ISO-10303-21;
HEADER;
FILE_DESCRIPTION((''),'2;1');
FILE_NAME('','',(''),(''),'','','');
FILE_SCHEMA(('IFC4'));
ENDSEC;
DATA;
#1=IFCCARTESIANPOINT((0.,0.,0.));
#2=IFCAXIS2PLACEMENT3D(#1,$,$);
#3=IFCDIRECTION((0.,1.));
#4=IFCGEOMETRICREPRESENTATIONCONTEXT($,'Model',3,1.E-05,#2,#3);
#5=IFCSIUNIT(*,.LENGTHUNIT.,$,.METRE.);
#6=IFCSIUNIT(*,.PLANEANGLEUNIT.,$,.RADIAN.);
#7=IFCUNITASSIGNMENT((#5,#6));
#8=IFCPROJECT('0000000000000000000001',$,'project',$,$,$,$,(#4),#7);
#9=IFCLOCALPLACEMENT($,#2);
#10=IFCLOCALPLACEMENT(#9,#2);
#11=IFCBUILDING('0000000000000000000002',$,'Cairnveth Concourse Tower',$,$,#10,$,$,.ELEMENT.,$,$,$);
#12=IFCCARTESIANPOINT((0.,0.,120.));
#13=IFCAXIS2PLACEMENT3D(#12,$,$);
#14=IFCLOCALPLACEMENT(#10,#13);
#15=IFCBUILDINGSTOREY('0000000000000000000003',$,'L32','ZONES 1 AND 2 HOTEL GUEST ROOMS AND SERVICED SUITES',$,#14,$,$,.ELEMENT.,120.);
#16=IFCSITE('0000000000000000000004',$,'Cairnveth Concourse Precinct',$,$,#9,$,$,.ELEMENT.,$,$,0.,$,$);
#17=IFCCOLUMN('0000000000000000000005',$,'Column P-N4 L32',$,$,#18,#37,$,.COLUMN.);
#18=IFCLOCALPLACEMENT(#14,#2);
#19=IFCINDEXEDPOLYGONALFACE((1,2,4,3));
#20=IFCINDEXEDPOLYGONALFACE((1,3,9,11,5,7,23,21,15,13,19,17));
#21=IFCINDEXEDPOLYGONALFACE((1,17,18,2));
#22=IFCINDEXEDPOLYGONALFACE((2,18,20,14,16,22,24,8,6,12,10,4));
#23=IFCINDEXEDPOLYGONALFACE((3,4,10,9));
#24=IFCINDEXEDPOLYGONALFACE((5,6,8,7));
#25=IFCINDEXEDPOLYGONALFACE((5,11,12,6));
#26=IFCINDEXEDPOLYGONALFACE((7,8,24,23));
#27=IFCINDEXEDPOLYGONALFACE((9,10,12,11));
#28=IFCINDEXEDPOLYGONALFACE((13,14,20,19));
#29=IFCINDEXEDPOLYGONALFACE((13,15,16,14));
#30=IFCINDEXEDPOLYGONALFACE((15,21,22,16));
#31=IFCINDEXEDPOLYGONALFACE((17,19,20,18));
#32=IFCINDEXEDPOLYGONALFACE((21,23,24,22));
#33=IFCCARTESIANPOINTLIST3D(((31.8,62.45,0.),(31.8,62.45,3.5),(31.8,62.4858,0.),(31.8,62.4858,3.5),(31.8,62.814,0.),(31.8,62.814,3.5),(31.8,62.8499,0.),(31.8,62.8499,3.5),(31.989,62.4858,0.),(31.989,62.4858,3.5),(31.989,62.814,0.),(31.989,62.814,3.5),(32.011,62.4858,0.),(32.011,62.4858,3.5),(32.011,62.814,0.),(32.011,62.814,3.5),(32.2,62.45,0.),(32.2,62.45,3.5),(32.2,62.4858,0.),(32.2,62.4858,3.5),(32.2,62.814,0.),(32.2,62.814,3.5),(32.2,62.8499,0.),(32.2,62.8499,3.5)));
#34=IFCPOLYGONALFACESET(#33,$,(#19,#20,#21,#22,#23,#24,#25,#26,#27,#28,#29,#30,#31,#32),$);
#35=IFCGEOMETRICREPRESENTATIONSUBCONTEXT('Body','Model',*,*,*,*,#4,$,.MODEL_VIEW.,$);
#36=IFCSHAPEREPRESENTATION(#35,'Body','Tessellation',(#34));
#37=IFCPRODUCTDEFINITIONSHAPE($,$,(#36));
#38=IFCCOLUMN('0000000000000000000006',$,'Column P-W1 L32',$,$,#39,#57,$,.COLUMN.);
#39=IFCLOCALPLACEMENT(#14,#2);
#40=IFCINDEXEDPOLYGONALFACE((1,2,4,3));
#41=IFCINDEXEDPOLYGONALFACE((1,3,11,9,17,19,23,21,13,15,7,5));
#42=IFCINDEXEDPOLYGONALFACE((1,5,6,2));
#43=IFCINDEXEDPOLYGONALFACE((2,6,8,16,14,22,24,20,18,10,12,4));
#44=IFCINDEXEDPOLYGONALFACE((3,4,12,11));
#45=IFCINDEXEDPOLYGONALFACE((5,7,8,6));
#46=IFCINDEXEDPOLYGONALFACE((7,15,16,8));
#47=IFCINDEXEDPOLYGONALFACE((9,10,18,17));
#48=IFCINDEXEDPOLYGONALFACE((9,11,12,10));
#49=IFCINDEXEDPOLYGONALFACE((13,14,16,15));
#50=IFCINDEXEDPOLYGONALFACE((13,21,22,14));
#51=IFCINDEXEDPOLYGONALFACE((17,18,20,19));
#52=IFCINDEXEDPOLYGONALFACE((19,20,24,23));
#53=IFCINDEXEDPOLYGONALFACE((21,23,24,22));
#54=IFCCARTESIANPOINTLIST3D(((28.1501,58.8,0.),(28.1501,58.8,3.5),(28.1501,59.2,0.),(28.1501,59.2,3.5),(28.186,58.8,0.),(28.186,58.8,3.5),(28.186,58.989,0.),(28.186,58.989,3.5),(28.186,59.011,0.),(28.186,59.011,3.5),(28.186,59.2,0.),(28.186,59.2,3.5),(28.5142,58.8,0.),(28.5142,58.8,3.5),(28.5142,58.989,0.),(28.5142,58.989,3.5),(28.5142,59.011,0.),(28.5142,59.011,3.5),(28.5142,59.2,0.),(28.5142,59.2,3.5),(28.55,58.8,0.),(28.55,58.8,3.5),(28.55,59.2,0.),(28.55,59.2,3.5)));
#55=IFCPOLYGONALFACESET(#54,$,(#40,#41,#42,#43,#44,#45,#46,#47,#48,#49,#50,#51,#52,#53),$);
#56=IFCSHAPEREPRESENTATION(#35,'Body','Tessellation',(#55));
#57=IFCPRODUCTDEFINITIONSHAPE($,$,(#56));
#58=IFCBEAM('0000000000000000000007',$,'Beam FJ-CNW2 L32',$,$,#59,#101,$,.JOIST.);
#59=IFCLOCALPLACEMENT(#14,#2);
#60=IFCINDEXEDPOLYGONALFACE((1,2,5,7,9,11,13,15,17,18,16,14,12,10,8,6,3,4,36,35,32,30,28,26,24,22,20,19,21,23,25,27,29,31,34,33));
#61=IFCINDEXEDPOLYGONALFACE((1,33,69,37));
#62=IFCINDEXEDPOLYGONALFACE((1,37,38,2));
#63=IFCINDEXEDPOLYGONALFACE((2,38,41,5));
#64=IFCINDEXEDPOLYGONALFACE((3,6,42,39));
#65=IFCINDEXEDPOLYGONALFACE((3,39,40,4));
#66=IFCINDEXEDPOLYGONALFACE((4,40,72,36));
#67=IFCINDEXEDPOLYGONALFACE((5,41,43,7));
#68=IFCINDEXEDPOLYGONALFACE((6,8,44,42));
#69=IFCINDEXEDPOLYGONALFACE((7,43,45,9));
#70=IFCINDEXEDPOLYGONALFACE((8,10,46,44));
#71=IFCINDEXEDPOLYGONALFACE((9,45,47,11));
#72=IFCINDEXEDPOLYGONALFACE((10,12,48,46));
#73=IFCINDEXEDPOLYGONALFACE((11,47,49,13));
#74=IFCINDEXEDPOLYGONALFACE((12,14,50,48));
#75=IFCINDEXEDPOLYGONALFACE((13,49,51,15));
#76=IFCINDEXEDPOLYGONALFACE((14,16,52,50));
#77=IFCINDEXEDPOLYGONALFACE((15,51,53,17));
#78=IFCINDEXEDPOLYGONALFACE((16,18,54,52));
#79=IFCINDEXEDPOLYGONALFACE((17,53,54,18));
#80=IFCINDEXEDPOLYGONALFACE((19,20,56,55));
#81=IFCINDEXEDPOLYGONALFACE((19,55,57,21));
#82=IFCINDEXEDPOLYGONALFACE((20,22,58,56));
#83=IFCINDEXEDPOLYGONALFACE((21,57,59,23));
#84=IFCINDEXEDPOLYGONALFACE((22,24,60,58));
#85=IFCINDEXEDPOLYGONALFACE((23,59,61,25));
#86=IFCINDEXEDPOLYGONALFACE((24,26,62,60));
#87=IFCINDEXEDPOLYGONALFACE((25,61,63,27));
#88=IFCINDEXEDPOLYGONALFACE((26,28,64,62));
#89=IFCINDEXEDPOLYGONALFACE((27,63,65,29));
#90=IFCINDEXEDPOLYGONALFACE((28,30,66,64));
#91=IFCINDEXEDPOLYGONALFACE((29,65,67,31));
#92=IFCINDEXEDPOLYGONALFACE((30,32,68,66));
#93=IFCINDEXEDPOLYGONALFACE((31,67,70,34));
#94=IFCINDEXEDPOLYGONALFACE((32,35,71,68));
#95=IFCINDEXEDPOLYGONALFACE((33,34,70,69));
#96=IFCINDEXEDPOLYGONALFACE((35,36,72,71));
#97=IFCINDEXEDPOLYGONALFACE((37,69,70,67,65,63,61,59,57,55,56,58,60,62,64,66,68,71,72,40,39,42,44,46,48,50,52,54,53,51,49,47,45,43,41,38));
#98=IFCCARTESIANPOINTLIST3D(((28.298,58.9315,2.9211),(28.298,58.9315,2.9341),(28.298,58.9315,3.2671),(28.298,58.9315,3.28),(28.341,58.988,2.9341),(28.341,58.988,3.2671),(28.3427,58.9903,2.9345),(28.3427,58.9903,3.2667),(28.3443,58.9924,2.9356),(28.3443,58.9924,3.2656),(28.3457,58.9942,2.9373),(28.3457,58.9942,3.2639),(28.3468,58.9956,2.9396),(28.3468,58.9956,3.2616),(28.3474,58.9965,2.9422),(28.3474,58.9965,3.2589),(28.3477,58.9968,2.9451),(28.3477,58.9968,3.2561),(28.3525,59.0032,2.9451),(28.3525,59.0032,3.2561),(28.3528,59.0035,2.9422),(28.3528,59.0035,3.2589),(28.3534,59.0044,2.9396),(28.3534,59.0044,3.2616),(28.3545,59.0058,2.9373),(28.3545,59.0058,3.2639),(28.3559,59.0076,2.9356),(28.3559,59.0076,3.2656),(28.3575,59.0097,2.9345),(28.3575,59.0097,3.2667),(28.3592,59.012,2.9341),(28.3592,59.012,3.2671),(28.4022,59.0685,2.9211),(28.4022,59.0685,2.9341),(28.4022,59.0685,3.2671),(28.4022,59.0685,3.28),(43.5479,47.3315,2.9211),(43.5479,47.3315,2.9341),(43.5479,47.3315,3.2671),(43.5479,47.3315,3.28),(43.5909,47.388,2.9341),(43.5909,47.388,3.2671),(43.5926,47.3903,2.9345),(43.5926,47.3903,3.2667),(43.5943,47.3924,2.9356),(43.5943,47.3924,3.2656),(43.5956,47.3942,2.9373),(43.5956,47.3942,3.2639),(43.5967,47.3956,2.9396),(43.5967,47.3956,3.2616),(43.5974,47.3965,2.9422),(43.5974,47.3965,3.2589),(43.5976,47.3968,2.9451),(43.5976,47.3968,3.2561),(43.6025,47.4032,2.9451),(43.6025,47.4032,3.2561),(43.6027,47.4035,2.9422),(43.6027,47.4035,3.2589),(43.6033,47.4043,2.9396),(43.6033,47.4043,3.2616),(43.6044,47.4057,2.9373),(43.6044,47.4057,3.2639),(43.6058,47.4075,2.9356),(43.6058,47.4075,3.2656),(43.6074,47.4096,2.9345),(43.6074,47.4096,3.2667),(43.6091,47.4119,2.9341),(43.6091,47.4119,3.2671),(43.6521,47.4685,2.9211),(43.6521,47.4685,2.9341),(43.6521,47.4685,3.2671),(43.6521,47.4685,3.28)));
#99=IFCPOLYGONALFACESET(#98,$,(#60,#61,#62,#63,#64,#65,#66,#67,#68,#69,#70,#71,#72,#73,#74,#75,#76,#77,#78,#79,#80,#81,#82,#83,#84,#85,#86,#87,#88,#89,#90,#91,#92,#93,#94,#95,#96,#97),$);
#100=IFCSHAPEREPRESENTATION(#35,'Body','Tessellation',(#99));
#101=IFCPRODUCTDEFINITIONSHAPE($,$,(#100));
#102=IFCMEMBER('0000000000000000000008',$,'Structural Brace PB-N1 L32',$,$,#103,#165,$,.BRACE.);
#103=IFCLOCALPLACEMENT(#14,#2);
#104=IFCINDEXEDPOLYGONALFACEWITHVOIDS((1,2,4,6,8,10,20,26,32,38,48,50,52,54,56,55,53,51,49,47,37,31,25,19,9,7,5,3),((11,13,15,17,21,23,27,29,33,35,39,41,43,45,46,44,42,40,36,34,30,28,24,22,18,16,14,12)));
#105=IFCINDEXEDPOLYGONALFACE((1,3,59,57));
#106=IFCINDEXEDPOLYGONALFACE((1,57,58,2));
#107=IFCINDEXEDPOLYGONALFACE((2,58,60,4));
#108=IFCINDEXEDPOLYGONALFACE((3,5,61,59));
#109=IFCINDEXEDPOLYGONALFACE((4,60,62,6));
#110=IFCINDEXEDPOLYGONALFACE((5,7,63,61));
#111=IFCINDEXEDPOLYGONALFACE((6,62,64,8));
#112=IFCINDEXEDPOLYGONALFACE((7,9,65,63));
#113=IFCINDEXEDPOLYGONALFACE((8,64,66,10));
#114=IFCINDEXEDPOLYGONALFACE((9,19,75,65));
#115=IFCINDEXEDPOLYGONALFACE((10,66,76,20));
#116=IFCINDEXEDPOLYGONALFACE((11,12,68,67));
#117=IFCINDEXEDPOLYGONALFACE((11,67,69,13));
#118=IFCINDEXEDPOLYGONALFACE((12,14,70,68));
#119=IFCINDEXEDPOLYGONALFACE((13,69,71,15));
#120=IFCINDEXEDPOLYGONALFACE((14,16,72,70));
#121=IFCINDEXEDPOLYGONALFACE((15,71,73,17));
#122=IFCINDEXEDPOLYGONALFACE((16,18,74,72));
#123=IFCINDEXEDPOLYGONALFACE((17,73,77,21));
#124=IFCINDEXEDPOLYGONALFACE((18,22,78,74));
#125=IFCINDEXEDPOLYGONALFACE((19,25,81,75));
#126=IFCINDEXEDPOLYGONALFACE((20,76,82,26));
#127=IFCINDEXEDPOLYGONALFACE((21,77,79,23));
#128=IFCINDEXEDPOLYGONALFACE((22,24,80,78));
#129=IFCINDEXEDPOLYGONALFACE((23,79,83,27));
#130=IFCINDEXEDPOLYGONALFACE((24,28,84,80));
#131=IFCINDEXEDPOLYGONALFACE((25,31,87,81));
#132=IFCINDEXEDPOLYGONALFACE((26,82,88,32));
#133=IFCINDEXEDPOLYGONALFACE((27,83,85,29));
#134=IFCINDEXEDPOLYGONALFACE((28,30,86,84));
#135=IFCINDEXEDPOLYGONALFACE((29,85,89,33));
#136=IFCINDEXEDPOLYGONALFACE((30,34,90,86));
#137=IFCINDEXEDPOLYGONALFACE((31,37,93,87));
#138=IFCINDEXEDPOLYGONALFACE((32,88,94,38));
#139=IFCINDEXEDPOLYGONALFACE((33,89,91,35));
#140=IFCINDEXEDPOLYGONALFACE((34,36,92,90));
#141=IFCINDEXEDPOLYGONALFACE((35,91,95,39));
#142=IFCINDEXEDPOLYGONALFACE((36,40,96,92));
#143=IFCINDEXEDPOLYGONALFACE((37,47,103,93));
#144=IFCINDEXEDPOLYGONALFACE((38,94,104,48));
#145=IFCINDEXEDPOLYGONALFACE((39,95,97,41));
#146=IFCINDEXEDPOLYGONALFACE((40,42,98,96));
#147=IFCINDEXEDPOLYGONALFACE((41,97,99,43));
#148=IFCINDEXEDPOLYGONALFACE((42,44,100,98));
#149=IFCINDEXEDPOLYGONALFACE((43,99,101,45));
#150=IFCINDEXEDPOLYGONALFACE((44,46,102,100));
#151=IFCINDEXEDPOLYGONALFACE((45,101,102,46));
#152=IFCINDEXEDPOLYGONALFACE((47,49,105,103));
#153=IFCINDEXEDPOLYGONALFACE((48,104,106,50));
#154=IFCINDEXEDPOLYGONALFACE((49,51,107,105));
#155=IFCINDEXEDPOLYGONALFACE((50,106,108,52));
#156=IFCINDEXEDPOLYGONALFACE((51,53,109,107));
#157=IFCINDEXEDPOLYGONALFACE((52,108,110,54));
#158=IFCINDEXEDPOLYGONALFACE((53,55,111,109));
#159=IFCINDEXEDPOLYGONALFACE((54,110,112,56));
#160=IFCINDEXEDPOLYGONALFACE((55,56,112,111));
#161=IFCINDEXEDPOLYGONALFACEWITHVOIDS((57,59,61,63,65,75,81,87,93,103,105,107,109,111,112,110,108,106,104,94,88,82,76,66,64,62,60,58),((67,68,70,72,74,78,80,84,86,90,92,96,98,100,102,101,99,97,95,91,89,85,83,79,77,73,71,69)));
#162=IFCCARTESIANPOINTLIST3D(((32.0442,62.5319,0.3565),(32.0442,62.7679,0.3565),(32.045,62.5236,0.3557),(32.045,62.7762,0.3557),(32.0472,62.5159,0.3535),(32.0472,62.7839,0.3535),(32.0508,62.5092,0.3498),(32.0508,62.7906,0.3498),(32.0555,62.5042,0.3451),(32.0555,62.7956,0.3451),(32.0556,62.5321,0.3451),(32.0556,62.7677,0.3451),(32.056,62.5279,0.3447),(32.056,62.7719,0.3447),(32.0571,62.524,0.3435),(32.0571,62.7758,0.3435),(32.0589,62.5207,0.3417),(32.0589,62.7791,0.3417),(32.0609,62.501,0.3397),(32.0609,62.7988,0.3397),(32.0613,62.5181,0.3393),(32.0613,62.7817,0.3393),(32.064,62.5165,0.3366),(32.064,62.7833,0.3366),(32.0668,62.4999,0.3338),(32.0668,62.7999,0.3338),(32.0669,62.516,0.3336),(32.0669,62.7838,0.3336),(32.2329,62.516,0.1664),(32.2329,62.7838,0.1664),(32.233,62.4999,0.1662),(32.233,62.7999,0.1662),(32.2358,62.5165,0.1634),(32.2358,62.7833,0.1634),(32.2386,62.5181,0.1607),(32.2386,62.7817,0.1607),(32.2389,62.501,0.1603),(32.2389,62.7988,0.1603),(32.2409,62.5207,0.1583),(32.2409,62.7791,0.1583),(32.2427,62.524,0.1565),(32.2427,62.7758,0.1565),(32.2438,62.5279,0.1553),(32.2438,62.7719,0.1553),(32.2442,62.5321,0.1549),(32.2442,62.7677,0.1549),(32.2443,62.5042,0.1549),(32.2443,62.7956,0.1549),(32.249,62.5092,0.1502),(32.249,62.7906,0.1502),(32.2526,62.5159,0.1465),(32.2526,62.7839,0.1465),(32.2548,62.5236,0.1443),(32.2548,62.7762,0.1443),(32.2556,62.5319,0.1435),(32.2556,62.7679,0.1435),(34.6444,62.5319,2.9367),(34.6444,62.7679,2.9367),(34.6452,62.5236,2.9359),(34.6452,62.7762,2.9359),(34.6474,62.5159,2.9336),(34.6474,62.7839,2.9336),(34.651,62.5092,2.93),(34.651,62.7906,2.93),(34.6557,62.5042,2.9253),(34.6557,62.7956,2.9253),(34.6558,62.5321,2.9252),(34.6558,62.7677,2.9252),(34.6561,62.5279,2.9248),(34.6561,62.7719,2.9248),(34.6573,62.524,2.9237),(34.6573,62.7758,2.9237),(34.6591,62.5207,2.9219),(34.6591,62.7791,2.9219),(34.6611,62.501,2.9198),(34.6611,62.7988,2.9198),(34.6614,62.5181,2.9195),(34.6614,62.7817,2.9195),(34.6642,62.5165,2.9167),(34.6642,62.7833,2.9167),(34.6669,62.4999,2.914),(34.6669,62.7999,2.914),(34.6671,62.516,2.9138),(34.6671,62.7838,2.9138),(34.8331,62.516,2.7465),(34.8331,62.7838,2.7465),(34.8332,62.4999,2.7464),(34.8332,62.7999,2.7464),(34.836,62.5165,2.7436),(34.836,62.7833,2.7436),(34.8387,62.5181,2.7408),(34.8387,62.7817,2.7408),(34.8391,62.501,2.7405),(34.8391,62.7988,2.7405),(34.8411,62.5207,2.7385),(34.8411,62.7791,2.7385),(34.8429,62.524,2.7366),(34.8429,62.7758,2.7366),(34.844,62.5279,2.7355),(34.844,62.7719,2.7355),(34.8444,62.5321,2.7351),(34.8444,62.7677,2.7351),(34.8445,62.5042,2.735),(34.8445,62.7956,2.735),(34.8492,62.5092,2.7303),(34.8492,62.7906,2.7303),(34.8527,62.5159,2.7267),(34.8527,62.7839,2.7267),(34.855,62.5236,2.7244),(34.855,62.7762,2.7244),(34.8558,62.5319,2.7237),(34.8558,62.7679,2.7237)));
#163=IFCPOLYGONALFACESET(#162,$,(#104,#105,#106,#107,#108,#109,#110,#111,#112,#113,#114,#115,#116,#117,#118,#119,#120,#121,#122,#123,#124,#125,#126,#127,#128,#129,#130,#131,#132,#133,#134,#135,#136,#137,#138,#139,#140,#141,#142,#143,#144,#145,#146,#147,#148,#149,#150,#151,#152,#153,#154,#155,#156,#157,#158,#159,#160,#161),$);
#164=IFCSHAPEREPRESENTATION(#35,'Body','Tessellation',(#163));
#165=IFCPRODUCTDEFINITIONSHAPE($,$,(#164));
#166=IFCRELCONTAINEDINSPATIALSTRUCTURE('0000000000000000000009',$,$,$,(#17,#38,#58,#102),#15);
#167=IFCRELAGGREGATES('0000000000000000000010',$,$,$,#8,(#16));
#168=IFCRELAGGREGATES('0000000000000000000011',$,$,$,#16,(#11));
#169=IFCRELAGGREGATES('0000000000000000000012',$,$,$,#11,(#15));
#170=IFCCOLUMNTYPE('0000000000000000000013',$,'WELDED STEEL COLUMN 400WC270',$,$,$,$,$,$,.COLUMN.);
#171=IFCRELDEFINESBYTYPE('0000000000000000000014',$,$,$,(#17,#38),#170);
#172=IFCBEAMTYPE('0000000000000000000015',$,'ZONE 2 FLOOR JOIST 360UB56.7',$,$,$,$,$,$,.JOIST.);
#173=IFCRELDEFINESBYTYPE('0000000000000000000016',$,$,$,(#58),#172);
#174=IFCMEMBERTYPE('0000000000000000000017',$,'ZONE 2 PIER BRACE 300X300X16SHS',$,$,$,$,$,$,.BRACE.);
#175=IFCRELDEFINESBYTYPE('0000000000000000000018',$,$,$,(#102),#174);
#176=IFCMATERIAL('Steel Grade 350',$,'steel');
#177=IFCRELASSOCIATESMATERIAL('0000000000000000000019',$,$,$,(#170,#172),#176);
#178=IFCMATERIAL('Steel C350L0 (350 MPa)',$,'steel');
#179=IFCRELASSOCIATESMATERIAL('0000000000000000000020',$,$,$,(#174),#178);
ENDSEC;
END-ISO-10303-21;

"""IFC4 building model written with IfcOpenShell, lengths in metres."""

from ifc_helpers import new_model, si_unit, direction, frame, origin, origin_2d, place, context, subcontext, project, spatial, hollow_rectangle, i_section, extrude, material, material_profile, profile_set, type_object, element, save


model = new_model("IFC4")

# Units and contexts
model_context = context("Model", 3, precision=1e-05, world=origin(), true_north=direction((0.0, 1.0)))
body_context = subcontext(model_context, "Body", "Model", "MODEL_VIEW")
ifc_project = project(units=[si_unit("LENGTHUNIT", "METRE"), si_unit("PLANEANGLEUNIT", "RADIAN")], contexts=[model_context])

# Site, building, storey
site_placement = place(None, origin())
site = spatial("IfcSite", under=ifc_project, at=site_placement, Name="Cairnveth Concourse Precinct", CompositionType="ELEMENT", RefElevation=0.0)
building_placement = place(site_placement, origin())
building = spatial("IfcBuilding", under=site, at=building_placement, Name="Cairnveth Concourse Tower", CompositionType="ELEMENT")
storey_placement = place(building_placement, frame((0.0, 0.0, 120.0)))
storey = spatial("IfcBuildingStorey", under=building, at=storey_placement, Name="L32", Description="ZONES 1 AND 2 HOTEL GUEST ROOMS AND SERVICED SUITES", CompositionType="ELEMENT", Elevation=120.0)

# Columns
ifc_material_1 = material(Name="Steel Grade 350", Category="steel")
ifc_material_profile_1 = material_profile(ifc_material_1, i_section(OverallWidth=0.3999, OverallDepth=0.3999, WebThickness=0.022, FlangeThickness=0.0359, at=origin_2d()), Name="400WC270")
ifc_profile_set_1 = profile_set([ifc_material_profile_1], Name="Steel Grade 350")
column_type = type_object("IfcColumnType", Name="WELDED STEEL COLUMN 400WC270", PredefinedType="COLUMN", material=ifc_profile_set_1)
for number, where, z_axis, x_axis, name in (
    (1, (32.0, 62.6499, 0.0), (0.0, 0.0, 1.0), (1.0, 0.0, 0.0), "Column P-N4 L32"),
    (2, (28.3501, 59.0, 0.0), (0.0, 0.0, 1.0), (0.0, 1.0, 0.0), "Column P-W1 L32"),
):
    element("IfcColumn", number, at=place(storey_placement, frame(where, z_axis=z_axis, x_axis=x_axis)), inside=storey, type_object=column_type, Name=name, PredefinedType="COLUMN", context=body_context, shape_type="SweptSolid", body=[
        extrude(i_section(OverallWidth=0.3999, OverallDepth=0.3999, WebThickness=0.022, FlangeThickness=0.0359, at=origin_2d()), origin(), (0.0, 0.0, 1.0), 3.5),
    ])

# Beam
ifc_material_profile_2 = material_profile(ifc_material_1, i_section(OverallWidth=0.1721, OverallDepth=0.3589, WebThickness=0.0081, FlangeThickness=0.0129, FilletRadius=0.011, at=origin_2d()), Name="360UB56.7")
ifc_profile_set_2 = profile_set([ifc_material_profile_2], Name="Steel Grade 350")
beam_type_1 = type_object("IfcBeamType", Name="ZONE 2 FLOOR JOIST 360UB56.7", PredefinedType="JOIST", material=ifc_profile_set_2)
beam_1_placement = place(storey_placement, frame((28.3501, 59.0, 3.1006), z_axis=(0.795908, -0.605417, 0.0), x_axis=(0.605417, 0.795908, 0.0)))
element("IfcBeam", 3, at=beam_1_placement, inside=storey, type_object=beam_type_1, Name="Beam FJ-CNW2 L32", PredefinedType="JOIST", context=body_context, shape_type="SweptSolid", body=[
    extrude(i_section(OverallWidth=0.1721, OverallDepth=0.3589, WebThickness=0.0081, FlangeThickness=0.0129, FilletRadius=0.011, at=origin_2d()), origin(), (0.0, 0.0, 1.0), 19.1604),
])

# Member
ifc_material_2 = material(Name="Steel C350L0 (350 MPa)", Category="steel")
ifc_material_profile_3 = material_profile(ifc_material_2, hollow_rectangle(XDim=0.3, YDim=0.3, WallThickness=0.0161, InnerFilletRadius=0.0161, OuterFilletRadius=0.032, at=origin_2d()), Name="300x300x16.0SHS")
ifc_profile_set_3 = profile_set([ifc_material_profile_3], Name="Steel C350L0 (350 MPa)")
member_type = type_object("IfcMemberType", Name="ZONE 2 PIER BRACE 300X300X16SHS", PredefinedType="BRACE", material=ifc_profile_set_3)
for number, where, z_axis, x_axis, name in (
    (4, (32.1499, 62.6499, 0.25), (0.709834, 0.0, 0.704369), (0.0, 1.0, 0.0), "Structural Brace PB-N1 L32"),
):
    element("IfcMember", number, at=place(storey_placement, frame(where, z_axis=z_axis, x_axis=x_axis)), inside=storey, type_object=member_type, Name=name, PredefinedType="BRACE", context=body_context, shape_type="SweptSolid", body=[
        extrude(hollow_rectangle(XDim=0.3, YDim=0.3, WallThickness=0.0161, InnerFilletRadius=0.0161, OuterFilletRadius=0.032, at=origin_2d()), origin(), (0.0, 0.0, 1.0), 3.6631),
    ])

save(model, "model.ifc")
